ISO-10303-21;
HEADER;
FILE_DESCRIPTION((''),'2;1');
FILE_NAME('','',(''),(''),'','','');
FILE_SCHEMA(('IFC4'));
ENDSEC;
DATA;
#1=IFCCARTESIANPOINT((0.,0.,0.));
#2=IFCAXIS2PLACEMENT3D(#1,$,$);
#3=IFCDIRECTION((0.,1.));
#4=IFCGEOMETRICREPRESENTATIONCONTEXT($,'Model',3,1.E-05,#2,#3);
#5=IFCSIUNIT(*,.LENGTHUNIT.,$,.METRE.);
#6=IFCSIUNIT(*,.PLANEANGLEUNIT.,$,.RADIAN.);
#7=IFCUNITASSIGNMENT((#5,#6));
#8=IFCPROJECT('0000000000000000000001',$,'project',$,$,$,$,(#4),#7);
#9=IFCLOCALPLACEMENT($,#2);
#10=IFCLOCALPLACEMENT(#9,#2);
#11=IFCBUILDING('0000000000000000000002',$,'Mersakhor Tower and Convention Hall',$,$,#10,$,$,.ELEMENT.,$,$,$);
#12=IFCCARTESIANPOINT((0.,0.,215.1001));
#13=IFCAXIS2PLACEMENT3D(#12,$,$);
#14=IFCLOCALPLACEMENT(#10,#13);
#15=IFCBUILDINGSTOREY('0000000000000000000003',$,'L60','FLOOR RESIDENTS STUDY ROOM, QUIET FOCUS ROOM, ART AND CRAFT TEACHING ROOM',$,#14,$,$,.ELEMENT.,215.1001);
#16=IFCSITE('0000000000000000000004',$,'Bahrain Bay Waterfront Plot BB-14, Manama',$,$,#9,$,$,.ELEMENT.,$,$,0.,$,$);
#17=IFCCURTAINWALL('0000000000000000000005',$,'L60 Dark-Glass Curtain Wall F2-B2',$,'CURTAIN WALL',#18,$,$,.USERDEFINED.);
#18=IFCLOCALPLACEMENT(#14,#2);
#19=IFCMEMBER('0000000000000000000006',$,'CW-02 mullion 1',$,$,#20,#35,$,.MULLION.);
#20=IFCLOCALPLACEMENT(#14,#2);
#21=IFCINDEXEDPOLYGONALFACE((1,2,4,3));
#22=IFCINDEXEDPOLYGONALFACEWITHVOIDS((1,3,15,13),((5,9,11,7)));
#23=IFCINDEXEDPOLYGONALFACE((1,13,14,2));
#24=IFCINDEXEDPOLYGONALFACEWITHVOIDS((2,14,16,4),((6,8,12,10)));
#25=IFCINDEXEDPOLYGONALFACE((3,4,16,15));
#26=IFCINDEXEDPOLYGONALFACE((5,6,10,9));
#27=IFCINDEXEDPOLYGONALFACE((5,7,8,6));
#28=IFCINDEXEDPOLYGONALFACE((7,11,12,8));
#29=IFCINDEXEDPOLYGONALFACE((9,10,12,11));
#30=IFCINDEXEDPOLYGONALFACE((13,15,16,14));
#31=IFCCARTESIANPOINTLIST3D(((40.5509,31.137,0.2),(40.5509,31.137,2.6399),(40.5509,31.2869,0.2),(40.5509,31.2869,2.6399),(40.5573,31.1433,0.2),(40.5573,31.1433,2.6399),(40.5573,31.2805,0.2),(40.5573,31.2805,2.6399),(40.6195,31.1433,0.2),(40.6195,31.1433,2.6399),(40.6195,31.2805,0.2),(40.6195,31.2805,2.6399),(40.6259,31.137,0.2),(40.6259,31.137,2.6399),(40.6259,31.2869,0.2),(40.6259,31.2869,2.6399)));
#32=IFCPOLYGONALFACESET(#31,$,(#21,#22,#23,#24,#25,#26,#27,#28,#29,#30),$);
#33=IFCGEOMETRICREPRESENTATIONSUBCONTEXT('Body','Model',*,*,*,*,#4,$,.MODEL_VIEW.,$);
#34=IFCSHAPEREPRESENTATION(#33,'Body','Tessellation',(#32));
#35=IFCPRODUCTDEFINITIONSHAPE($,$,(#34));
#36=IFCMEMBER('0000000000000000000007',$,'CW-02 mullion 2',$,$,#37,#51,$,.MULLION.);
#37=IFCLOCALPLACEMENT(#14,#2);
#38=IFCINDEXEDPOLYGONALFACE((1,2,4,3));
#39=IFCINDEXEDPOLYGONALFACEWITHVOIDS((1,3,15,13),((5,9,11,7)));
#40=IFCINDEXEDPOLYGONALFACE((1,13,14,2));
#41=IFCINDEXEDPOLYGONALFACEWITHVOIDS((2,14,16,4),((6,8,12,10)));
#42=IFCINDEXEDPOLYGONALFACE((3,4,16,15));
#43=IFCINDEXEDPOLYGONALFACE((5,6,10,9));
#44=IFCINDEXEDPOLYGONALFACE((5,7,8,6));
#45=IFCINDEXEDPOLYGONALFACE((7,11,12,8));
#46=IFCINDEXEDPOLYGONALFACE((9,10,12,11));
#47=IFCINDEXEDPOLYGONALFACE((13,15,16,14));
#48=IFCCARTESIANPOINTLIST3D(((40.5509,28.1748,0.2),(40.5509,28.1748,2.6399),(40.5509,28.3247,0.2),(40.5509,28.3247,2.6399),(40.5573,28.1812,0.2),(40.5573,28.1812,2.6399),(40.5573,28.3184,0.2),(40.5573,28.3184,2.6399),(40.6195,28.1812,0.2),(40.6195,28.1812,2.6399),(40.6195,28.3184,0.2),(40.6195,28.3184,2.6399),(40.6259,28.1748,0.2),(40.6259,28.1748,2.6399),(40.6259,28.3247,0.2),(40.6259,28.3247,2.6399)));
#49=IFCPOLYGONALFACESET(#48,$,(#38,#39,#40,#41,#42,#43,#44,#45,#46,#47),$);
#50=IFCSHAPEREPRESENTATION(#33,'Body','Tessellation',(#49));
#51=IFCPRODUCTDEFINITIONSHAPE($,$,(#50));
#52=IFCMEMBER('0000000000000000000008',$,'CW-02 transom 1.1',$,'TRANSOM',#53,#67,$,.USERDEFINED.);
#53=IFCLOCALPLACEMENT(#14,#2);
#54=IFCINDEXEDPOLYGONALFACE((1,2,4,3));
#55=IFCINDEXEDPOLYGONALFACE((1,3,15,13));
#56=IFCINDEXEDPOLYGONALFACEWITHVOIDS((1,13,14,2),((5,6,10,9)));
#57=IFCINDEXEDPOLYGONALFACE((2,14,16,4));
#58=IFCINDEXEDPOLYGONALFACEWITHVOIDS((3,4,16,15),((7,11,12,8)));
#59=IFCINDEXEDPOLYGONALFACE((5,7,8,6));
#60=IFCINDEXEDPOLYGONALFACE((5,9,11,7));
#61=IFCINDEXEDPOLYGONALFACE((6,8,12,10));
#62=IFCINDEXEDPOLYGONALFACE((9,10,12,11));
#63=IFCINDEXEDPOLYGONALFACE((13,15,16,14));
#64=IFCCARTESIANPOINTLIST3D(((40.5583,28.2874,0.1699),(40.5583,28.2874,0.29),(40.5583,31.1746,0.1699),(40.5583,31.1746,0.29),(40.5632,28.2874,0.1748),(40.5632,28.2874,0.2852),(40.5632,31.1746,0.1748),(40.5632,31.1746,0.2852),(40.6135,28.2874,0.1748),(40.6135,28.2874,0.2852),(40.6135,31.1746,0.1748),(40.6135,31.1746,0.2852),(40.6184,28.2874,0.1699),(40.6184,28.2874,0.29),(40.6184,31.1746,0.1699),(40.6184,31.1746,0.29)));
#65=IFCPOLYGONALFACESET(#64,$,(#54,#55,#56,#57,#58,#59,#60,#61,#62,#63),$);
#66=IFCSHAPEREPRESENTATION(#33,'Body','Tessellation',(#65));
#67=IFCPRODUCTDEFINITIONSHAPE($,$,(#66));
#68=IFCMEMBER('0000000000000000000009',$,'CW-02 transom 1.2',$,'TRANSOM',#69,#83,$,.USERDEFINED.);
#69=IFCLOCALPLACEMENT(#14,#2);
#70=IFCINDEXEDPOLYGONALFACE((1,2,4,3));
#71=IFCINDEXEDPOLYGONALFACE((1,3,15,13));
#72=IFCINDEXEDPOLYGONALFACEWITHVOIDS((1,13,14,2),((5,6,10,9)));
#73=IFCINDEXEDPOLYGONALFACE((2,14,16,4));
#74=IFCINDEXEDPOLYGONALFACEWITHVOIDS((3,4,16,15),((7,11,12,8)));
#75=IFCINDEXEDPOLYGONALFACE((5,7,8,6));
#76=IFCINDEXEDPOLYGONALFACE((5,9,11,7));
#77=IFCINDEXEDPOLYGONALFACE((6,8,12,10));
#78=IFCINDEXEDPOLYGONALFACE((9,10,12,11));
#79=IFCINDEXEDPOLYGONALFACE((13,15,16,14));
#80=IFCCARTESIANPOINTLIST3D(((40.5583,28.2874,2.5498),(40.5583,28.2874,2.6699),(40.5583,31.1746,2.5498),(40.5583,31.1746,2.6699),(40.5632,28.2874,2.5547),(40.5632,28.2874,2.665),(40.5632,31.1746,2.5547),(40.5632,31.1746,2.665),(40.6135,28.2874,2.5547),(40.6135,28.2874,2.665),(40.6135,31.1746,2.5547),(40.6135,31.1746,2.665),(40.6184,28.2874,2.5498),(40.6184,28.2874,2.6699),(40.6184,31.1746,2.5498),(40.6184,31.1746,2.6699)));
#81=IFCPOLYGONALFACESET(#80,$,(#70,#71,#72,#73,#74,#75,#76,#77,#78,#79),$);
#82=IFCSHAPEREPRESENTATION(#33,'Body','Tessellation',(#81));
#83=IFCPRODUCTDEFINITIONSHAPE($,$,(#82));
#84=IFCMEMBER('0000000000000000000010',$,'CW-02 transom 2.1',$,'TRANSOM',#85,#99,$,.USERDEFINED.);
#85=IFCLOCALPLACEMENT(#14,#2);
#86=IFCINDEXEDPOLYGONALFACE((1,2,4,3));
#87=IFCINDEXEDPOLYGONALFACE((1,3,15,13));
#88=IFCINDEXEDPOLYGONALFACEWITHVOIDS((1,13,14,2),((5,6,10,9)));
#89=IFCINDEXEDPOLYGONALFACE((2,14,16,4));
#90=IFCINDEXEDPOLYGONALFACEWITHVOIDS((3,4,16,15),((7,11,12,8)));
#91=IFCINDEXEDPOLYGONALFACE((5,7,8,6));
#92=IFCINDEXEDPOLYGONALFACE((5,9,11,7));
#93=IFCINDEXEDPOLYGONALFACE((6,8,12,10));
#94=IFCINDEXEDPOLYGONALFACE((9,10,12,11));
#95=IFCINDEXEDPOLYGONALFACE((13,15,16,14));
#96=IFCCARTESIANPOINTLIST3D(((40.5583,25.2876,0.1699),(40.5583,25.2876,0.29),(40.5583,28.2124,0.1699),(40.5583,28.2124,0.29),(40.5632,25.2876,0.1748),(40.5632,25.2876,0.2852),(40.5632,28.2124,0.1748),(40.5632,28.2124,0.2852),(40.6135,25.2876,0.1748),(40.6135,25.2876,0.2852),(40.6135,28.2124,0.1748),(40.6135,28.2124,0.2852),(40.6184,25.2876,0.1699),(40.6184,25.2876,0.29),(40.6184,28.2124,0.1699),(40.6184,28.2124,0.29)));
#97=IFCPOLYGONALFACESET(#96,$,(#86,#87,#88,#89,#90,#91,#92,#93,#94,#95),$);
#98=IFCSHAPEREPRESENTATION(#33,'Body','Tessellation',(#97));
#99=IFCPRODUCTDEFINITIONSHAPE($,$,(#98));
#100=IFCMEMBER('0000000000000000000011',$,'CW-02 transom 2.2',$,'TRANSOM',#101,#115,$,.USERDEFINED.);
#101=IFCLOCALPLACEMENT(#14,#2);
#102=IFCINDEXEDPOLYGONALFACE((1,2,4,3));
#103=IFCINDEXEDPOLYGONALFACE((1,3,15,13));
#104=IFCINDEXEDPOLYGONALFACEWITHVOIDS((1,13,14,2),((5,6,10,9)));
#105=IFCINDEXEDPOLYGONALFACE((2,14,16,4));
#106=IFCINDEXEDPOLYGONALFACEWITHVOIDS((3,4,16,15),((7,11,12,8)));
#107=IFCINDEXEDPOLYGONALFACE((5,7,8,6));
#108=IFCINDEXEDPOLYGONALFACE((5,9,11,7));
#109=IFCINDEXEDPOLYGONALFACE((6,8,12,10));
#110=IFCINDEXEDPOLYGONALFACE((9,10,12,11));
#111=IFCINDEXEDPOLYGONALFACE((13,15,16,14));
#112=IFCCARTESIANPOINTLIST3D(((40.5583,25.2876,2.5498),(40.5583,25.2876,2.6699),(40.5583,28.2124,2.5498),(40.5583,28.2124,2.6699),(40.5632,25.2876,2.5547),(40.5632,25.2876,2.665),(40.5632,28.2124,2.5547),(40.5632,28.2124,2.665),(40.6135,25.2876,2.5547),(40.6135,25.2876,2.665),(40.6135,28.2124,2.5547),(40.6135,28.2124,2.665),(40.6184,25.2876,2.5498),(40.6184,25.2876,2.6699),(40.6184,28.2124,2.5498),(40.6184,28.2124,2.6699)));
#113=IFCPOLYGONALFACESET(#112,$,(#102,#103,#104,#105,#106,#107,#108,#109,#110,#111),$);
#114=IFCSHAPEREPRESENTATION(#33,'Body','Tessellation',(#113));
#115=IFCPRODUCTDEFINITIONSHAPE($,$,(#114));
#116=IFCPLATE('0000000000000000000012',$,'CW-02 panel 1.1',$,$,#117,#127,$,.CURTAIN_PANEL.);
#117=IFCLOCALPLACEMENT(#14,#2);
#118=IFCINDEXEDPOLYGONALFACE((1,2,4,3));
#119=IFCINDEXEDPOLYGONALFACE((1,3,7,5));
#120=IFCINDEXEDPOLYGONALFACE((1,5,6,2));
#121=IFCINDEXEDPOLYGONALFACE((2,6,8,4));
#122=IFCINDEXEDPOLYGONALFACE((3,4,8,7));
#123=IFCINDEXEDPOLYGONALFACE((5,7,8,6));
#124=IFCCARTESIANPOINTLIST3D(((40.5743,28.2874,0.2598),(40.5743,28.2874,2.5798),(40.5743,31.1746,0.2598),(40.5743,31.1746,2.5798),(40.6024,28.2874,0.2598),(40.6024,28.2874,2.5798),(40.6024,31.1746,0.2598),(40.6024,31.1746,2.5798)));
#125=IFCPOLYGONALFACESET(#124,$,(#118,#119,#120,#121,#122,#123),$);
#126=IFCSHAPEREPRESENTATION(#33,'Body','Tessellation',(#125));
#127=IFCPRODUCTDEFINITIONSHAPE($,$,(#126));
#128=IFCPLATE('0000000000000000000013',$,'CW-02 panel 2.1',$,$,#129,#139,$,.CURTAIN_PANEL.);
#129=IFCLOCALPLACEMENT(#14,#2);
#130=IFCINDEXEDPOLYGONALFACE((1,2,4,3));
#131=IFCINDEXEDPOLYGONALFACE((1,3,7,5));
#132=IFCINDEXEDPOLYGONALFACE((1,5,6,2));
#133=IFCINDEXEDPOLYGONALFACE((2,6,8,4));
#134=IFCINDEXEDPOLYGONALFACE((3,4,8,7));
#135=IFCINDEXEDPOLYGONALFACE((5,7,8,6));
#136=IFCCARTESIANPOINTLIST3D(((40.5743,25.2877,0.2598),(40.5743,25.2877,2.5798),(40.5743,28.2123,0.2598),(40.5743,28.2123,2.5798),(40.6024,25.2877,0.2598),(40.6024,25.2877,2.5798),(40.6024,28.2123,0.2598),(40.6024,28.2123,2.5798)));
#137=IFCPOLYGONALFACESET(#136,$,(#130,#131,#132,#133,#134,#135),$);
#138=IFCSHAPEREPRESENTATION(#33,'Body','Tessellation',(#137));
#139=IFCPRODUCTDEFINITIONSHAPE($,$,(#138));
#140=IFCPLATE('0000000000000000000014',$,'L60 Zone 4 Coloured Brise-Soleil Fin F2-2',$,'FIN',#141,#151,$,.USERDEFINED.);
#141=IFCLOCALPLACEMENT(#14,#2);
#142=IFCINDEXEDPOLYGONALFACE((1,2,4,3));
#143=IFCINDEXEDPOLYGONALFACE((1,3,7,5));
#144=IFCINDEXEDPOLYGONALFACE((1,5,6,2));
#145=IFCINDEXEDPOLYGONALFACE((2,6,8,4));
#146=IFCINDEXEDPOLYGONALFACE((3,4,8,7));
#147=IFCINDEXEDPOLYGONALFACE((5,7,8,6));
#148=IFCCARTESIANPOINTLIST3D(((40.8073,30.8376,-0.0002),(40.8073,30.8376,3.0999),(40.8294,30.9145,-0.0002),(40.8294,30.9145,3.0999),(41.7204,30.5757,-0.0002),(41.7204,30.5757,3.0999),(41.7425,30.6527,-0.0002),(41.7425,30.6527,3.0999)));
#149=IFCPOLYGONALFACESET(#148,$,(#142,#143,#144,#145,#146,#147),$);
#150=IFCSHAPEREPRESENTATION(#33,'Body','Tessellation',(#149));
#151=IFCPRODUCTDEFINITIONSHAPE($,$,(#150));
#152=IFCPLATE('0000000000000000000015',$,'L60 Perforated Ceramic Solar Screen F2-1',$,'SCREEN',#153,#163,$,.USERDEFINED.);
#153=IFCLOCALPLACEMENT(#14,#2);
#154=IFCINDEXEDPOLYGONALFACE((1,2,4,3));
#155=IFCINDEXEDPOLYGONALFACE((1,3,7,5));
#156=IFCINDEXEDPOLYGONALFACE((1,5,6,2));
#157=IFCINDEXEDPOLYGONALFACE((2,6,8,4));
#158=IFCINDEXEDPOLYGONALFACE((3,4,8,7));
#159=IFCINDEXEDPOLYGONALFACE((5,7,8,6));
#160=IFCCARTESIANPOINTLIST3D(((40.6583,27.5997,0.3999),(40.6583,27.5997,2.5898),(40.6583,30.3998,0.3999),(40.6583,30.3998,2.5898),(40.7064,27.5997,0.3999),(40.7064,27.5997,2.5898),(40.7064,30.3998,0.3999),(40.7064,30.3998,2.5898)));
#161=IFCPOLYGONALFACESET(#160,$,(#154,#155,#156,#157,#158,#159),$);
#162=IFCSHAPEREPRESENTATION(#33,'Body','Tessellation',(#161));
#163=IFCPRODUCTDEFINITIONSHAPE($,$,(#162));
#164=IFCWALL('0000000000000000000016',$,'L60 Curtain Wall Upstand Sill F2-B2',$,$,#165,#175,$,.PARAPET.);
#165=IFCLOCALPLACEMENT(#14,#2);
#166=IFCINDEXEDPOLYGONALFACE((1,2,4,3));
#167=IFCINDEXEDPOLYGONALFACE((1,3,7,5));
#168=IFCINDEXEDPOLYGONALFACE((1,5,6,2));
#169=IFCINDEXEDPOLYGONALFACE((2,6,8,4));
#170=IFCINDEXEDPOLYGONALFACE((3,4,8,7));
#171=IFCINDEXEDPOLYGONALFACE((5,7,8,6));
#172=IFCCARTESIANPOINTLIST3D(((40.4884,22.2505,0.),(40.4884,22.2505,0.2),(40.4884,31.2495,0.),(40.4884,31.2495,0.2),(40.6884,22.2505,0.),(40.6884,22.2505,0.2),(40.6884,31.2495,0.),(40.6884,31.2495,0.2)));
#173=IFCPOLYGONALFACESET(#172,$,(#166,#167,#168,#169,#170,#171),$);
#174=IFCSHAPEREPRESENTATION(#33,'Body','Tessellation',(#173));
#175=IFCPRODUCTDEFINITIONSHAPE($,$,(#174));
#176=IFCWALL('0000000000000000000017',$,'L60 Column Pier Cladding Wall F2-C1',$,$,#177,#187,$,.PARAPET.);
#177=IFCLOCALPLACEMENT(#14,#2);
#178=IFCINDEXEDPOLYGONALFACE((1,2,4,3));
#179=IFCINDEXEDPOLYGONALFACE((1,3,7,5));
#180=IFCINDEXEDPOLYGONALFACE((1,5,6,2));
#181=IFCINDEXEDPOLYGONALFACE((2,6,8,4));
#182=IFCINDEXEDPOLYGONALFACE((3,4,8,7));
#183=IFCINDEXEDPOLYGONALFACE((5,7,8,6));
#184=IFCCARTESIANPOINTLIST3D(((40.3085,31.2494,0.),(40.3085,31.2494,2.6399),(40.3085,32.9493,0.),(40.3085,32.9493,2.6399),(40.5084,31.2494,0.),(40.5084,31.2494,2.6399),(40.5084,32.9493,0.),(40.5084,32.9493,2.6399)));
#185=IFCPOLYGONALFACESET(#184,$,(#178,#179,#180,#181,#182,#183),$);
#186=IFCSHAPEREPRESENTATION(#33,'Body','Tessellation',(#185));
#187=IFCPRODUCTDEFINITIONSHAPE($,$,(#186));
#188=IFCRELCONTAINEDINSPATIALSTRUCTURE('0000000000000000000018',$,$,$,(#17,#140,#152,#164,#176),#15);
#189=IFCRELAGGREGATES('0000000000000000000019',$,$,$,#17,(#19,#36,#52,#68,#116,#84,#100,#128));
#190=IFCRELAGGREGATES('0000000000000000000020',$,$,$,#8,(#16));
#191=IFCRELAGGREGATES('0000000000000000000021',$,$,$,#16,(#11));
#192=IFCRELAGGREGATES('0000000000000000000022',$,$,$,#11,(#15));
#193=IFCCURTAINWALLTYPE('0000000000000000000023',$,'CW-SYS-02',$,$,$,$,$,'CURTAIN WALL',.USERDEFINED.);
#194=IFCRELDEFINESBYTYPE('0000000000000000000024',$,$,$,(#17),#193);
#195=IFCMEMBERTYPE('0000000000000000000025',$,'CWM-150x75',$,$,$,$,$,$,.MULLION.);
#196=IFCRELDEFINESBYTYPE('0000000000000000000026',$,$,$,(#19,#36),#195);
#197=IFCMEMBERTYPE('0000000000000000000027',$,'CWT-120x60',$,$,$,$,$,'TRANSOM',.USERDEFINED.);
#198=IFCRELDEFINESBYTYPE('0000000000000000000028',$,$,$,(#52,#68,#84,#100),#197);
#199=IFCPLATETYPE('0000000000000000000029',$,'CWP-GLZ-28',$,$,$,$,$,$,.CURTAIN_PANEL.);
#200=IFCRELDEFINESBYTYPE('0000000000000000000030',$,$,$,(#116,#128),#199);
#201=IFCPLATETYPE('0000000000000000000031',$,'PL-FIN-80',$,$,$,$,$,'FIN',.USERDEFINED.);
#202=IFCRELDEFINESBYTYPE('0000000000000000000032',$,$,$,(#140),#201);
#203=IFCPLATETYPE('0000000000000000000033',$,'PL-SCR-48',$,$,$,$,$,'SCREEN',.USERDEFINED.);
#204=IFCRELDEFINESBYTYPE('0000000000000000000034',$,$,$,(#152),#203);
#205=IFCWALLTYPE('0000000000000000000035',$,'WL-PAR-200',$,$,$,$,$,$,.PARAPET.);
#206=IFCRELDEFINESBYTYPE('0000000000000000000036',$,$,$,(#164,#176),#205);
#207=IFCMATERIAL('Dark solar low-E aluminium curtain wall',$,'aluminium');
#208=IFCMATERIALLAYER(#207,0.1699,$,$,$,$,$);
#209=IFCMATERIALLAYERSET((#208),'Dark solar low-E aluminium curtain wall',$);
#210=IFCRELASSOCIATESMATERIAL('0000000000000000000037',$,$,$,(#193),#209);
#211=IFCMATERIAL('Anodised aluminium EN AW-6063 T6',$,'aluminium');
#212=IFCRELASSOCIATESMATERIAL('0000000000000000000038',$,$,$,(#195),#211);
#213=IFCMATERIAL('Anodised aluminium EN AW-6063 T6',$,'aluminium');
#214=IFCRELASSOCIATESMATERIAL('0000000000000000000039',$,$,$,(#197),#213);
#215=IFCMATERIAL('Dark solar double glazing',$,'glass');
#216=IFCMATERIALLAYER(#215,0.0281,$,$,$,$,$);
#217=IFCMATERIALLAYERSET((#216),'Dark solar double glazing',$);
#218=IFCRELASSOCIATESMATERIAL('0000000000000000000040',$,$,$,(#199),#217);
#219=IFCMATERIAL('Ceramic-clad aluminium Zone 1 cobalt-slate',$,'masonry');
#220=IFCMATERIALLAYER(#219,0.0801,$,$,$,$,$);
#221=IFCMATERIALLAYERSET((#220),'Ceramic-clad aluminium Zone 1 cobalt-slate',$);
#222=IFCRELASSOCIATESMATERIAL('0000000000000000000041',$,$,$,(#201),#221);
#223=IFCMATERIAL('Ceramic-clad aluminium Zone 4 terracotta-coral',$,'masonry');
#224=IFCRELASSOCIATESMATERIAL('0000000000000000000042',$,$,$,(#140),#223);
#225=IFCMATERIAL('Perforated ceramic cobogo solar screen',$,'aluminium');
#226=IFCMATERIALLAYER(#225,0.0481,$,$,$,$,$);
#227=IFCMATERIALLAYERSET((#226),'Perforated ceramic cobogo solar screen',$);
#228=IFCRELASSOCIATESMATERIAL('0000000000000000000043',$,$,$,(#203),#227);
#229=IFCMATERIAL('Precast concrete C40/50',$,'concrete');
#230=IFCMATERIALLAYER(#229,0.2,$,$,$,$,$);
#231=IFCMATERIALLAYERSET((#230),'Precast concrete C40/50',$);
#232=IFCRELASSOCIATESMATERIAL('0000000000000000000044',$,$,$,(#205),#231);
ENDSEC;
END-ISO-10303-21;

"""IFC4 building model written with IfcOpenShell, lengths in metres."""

from ifc_helpers import new_model, si_unit, direction, frame, frame_2d, origin, origin_2d, place, context, subcontext, project, spatial, rectangle, hollow_rectangle, extrude, material, layer, layer_set, material_profile, profile_set, type_object, element, aggregate, save


model = new_model("IFC4")

# Units and contexts
model_context = context("Model", 3, precision=1e-05, world=origin(), true_north=direction((0.0, 1.0)))
body_context = subcontext(model_context, "Body", "Model", "MODEL_VIEW")
ifc_project = project(units=[si_unit("LENGTHUNIT", "METRE"), si_unit("PLANEANGLEUNIT", "RADIAN")], contexts=[model_context])

# Site, building, storey
site_placement = place(None, origin())
site = spatial("IfcSite", under=ifc_project, at=site_placement, Name="Bahrain Bay Waterfront Plot BB-14, Manama", CompositionType="ELEMENT", RefElevation=0.0)
building_placement = place(site_placement, origin())
building = spatial("IfcBuilding", under=site, at=building_placement, Name="Mersakhor Tower and Convention Hall", CompositionType="ELEMENT")
storey_placement = place(building_placement, frame((0.0, 0.0, 215.1001)))
storey = spatial("IfcBuildingStorey", under=building, at=storey_placement, Name="L60", Description="FLOOR RESIDENTS STUDY ROOM, QUIET FOCUS ROOM, ART AND CRAFT TEACHING ROOM", CompositionType="ELEMENT", Elevation=215.1001)

# Curtain wall, members, plates
ifc_material_1 = material(Name="Dark solar low-E aluminium curtain wall", Category="aluminium")
ifc_layer_1 = layer(ifc_material_1, 0.1699)
ifc_layer_set_1 = layer_set([ifc_layer_1], Name="Dark solar low-E aluminium curtain wall")
curtain_wall_type = type_object("IfcCurtainWallType", Name="CW-SYS-02", ElementType="CURTAIN WALL", PredefinedType="USERDEFINED", material=ifc_layer_set_1)
curtain_wall_placement = place(storey_placement, origin())
curtain_wall = element("IfcCurtainWall", 1, at=curtain_wall_placement, inside=storey, type_object=curtain_wall_type, Name="L60 Dark-Glass Curtain Wall F2-B2", ObjectType="CURTAIN WALL", PredefinedType="USERDEFINED")
ifc_material_2 = material(Name="Anodised aluminium EN AW-6063 T6", Category="aluminium")
ifc_material_profile_1 = material_profile(ifc_material_2, hollow_rectangle(XDim=0.075, YDim=0.1499, WallThickness=0.0063, at=origin_2d()), Name="RHS 150x75x6.3")
ifc_profile_set_1 = profile_set([ifc_material_profile_1], Name="Anodised aluminium EN AW-6063 T6")
member_type_1 = type_object("IfcMemberType", Name="CWM-150x75", PredefinedType="MULLION", material=ifc_profile_set_1)
member_1_placement = place(storey_placement, frame((40.5884, 31.2119, 0.2), z_axis=(0.0, 0.0, 1.0), x_axis=(1.0, 0.0, 0.0)))
member_1 = element("IfcMember", 2, at=member_1_placement, type_object=member_type_1, Name="CW-02 mullion 1", PredefinedType="MULLION", context=body_context, shape_type="SweptSolid", body=[
    extrude(hollow_rectangle(XDim=0.075, YDim=0.1499, WallThickness=0.0063, at=origin_2d()), origin(), (0.0, 0.0, 1.0), 2.4399),
])
member_2_placement = place(storey_placement, frame((40.5884, 28.2498, 0.2), z_axis=(0.0, 0.0, 1.0), x_axis=(1.0, 0.0, 0.0)))
member_2 = element("IfcMember", 3, at=member_2_placement, type_object=member_type_1, Name="CW-02 mullion 2", PredefinedType="MULLION", context=body_context, shape_type="SweptSolid", body=[
    extrude(hollow_rectangle(XDim=0.075, YDim=0.1499, WallThickness=0.0063, at=origin_2d()), origin(), (0.0, 0.0, 1.0), 2.4399),
])
ifc_material_3 = material(Name="Anodised aluminium EN AW-6063 T6", Category="aluminium")
ifc_material_profile_2 = material_profile(ifc_material_3, hollow_rectangle(XDim=0.0601, YDim=0.1201, WallThickness=0.0049, at=origin_2d()), Name="RHS 120x60x5")
ifc_profile_set_2 = profile_set([ifc_material_profile_2], Name="Anodised aluminium EN AW-6063 T6")
member_type_2 = type_object("IfcMemberType", Name="CWT-120x60", ElementType="TRANSOM", PredefinedType="USERDEFINED", material=ifc_profile_set_2)
member_3_placement = place(storey_placement, frame((40.5884, 31.1746, 0.23), z_axis=(0.0, -1.0, 0.0), x_axis=(1.0, 0.0, 0.0)))
member_3 = element("IfcMember", 4, at=member_3_placement, type_object=member_type_2, Name="CW-02 transom 1.1", ObjectType="TRANSOM", PredefinedType="USERDEFINED", context=body_context, shape_type="SweptSolid", body=[
    extrude(hollow_rectangle(XDim=0.0601, YDim=0.1201, WallThickness=0.0049, at=origin_2d()), origin(), (0.0, 0.0, 1.0), 2.8872),
])
member_4_placement = place(storey_placement, frame((40.5884, 31.1746, 2.6099), z_axis=(0.0, -1.0, 0.0), x_axis=(1.0, 0.0, 0.0)))
member_4 = element("IfcMember", 5, at=member_4_placement, type_object=member_type_2, Name="CW-02 transom 1.2", ObjectType="TRANSOM", PredefinedType="USERDEFINED", context=body_context, shape_type="SweptSolid", body=[
    extrude(hollow_rectangle(XDim=0.0601, YDim=0.1201, WallThickness=0.0049, at=origin_2d()), origin(), (0.0, 0.0, 1.0), 2.8872),
])
member_5_placement = place(storey_placement, frame((40.5884, 28.2124, 0.23), z_axis=(0.0, -1.0, 0.0), x_axis=(1.0, 0.0, 0.0)))
member_5 = element("IfcMember", 6, at=member_5_placement, type_object=member_type_2, Name="CW-02 transom 2.1", ObjectType="TRANSOM", PredefinedType="USERDEFINED", context=body_context, shape_type="SweptSolid", body=[
    extrude(hollow_rectangle(XDim=0.0601, YDim=0.1201, WallThickness=0.0049, at=origin_2d()), origin(), (0.0, 0.0, 1.0), 2.9248),
])
member_6_placement = place(storey_placement, frame((40.5884, 28.2124, 2.6099), z_axis=(0.0, -1.0, 0.0), x_axis=(1.0, 0.0, 0.0)))
member_6 = element("IfcMember", 7, at=member_6_placement, type_object=member_type_2, Name="CW-02 transom 2.2", ObjectType="TRANSOM", PredefinedType="USERDEFINED", context=body_context, shape_type="SweptSolid", body=[
    extrude(hollow_rectangle(XDim=0.0601, YDim=0.1201, WallThickness=0.0049, at=origin_2d()), origin(), (0.0, 0.0, 1.0), 2.9248),
])
ifc_material_4 = material(Name="Dark solar double glazing", Category="glass")
ifc_layer_2 = layer(ifc_material_4, 0.0281)
ifc_layer_set_2 = layer_set([ifc_layer_2], Name="Dark solar double glazing")
plate_type_1 = type_object("IfcPlateType", Name="CWP-GLZ-28", PredefinedType="CURTAIN_PANEL", material=ifc_layer_set_2)
plate_1_placement = place(storey_placement, frame((40.5884, 29.731, 0.2598), z_axis=(0.0, 0.0, 1.0), x_axis=(0.0, -1.0, 0.0)))
plate_1 = element("IfcPlate", 8, at=plate_1_placement, type_object=plate_type_1, Name="CW-02 panel 1.1", PredefinedType="CURTAIN_PANEL", context=body_context, shape_type="SweptSolid", body=[
    extrude(rectangle(XDim=2.8872, YDim=0.0281, at=origin_2d()), origin(), (0.0, 0.0, 1.0), 2.3201),
])
plate_2_placement = place(storey_placement, frame((40.5884, 26.75, 0.2598), z_axis=(0.0, 0.0, 1.0), x_axis=(0.0, -1.0, 0.0)))
plate_2 = element("IfcPlate", 9, at=plate_2_placement, type_object=plate_type_1, Name="CW-02 panel 2.1", PredefinedType="CURTAIN_PANEL", context=body_context, shape_type="SweptSolid", body=[
    extrude(rectangle(XDim=2.9246, YDim=0.0281, at=origin_2d()), origin(), (0.0, 0.0, 1.0), 2.3201),
])
aggregate(curtain_wall, [member_1, member_2, member_3, member_4, plate_1, member_5, member_6, plate_2])

# Plates
ifc_material_5 = material(Name="Ceramic-clad aluminium Zone 4 terracotta-coral", Category="masonry")
ifc_material_6 = material(Name="Ceramic-clad aluminium Zone 1 cobalt-slate", Category="masonry")
ifc_layer_3 = layer(ifc_material_6, 0.0801)
ifc_layer_set_3 = layer_set([ifc_layer_3], Name="Ceramic-clad aluminium Zone 1 cobalt-slate")
plate_type_2 = type_object("IfcPlateType", Name="PL-FIN-80", ElementType="FIN", PredefinedType="USERDEFINED", material=ifc_layer_set_3)
plate_3_placement = place(storey_placement, frame((41.2749, 30.7451, -0.0002), z_axis=(0.0, 0.0, 1.0), x_axis=(0.961262, -0.275637, 0.0)))
element("IfcPlate", 10, at=plate_3_placement, inside=storey, type_object=plate_type_2, material=ifc_material_5, Name="L60 Zone 4 Coloured Brise-Soleil Fin F2-2", ObjectType="FIN", PredefinedType="USERDEFINED", context=body_context, shape_type="SweptSolid", body=[
    extrude(rectangle(XDim=0.95, YDim=0.0801, at=origin_2d()), origin(), (0.0, 0.0, 1.0), 3.1001),
])
ifc_material_7 = material(Name="Perforated ceramic cobogo solar screen", Category="aluminium")
ifc_layer_4 = layer(ifc_material_7, 0.0481)
ifc_layer_set_4 = layer_set([ifc_layer_4], Name="Perforated ceramic cobogo solar screen")
plate_type_3 = type_object("IfcPlateType", Name="PL-SCR-48", ElementType="SCREEN", PredefinedType="USERDEFINED", material=ifc_layer_set_4)
plate_4_placement = place(storey_placement, frame((40.6824, 28.9998, 0.3999), z_axis=(0.0, 0.0, 1.0), x_axis=(0.0, -1.0, 0.0)))
element("IfcPlate", 11, at=plate_4_placement, inside=storey, type_object=plate_type_3, Name="L60 Perforated Ceramic Solar Screen F2-1", ObjectType="SCREEN", PredefinedType="USERDEFINED", context=body_context, shape_type="SweptSolid", body=[
    extrude(rectangle(XDim=2.8, YDim=0.0481, at=origin_2d()), origin(), (0.0, 0.0, 1.0), 2.1899),
])

# Walls
ifc_material_8 = material(Name="Precast concrete C40/50", Category="concrete")
ifc_layer_5 = layer(ifc_material_8, 0.2)
ifc_layer_set_5 = layer_set([ifc_layer_5], Name="Precast concrete C40/50")
wall_type_1 = type_object("IfcWallType", Name="WL-PAR-200", PredefinedType="PARAPET", material=ifc_layer_set_5)
wall_1_placement = place(storey_placement, frame((40.5884, 31.2495, 0.0), z_axis=(0.0, 0.0, 1.0), x_axis=(0.0, -1.0, 0.0)))
element("IfcWall", 12, at=wall_1_placement, inside=storey, type_object=wall_type_1, Name="L60 Curtain Wall Upstand Sill F2-B2", PredefinedType="PARAPET", context=body_context, shape_type="SweptSolid", body=[
    extrude(rectangle(XDim=8.999, YDim=0.2, at=frame_2d((4.4995, 0.0))), origin(), (0.0, 0.0, 1.0), 0.2),
])
wall_2_placement = place(storey_placement, frame((40.4084, 32.9495, 0.0), z_axis=(0.0, 0.0, 1.0), x_axis=(0.0, -1.0, 0.0)))
element("IfcWall", 13, at=wall_2_placement, inside=storey, type_object=wall_type_1, Name="L60 Column Pier Cladding Wall F2-C1", PredefinedType="PARAPET", context=body_context, shape_type="SweptSolid", body=[
    extrude(rectangle(XDim=1.7, YDim=0.2, at=frame_2d((0.8501, 0.0))), origin(), (0.0, 0.0, 1.0), 2.6399),
])

save(model, "model.ifc")
